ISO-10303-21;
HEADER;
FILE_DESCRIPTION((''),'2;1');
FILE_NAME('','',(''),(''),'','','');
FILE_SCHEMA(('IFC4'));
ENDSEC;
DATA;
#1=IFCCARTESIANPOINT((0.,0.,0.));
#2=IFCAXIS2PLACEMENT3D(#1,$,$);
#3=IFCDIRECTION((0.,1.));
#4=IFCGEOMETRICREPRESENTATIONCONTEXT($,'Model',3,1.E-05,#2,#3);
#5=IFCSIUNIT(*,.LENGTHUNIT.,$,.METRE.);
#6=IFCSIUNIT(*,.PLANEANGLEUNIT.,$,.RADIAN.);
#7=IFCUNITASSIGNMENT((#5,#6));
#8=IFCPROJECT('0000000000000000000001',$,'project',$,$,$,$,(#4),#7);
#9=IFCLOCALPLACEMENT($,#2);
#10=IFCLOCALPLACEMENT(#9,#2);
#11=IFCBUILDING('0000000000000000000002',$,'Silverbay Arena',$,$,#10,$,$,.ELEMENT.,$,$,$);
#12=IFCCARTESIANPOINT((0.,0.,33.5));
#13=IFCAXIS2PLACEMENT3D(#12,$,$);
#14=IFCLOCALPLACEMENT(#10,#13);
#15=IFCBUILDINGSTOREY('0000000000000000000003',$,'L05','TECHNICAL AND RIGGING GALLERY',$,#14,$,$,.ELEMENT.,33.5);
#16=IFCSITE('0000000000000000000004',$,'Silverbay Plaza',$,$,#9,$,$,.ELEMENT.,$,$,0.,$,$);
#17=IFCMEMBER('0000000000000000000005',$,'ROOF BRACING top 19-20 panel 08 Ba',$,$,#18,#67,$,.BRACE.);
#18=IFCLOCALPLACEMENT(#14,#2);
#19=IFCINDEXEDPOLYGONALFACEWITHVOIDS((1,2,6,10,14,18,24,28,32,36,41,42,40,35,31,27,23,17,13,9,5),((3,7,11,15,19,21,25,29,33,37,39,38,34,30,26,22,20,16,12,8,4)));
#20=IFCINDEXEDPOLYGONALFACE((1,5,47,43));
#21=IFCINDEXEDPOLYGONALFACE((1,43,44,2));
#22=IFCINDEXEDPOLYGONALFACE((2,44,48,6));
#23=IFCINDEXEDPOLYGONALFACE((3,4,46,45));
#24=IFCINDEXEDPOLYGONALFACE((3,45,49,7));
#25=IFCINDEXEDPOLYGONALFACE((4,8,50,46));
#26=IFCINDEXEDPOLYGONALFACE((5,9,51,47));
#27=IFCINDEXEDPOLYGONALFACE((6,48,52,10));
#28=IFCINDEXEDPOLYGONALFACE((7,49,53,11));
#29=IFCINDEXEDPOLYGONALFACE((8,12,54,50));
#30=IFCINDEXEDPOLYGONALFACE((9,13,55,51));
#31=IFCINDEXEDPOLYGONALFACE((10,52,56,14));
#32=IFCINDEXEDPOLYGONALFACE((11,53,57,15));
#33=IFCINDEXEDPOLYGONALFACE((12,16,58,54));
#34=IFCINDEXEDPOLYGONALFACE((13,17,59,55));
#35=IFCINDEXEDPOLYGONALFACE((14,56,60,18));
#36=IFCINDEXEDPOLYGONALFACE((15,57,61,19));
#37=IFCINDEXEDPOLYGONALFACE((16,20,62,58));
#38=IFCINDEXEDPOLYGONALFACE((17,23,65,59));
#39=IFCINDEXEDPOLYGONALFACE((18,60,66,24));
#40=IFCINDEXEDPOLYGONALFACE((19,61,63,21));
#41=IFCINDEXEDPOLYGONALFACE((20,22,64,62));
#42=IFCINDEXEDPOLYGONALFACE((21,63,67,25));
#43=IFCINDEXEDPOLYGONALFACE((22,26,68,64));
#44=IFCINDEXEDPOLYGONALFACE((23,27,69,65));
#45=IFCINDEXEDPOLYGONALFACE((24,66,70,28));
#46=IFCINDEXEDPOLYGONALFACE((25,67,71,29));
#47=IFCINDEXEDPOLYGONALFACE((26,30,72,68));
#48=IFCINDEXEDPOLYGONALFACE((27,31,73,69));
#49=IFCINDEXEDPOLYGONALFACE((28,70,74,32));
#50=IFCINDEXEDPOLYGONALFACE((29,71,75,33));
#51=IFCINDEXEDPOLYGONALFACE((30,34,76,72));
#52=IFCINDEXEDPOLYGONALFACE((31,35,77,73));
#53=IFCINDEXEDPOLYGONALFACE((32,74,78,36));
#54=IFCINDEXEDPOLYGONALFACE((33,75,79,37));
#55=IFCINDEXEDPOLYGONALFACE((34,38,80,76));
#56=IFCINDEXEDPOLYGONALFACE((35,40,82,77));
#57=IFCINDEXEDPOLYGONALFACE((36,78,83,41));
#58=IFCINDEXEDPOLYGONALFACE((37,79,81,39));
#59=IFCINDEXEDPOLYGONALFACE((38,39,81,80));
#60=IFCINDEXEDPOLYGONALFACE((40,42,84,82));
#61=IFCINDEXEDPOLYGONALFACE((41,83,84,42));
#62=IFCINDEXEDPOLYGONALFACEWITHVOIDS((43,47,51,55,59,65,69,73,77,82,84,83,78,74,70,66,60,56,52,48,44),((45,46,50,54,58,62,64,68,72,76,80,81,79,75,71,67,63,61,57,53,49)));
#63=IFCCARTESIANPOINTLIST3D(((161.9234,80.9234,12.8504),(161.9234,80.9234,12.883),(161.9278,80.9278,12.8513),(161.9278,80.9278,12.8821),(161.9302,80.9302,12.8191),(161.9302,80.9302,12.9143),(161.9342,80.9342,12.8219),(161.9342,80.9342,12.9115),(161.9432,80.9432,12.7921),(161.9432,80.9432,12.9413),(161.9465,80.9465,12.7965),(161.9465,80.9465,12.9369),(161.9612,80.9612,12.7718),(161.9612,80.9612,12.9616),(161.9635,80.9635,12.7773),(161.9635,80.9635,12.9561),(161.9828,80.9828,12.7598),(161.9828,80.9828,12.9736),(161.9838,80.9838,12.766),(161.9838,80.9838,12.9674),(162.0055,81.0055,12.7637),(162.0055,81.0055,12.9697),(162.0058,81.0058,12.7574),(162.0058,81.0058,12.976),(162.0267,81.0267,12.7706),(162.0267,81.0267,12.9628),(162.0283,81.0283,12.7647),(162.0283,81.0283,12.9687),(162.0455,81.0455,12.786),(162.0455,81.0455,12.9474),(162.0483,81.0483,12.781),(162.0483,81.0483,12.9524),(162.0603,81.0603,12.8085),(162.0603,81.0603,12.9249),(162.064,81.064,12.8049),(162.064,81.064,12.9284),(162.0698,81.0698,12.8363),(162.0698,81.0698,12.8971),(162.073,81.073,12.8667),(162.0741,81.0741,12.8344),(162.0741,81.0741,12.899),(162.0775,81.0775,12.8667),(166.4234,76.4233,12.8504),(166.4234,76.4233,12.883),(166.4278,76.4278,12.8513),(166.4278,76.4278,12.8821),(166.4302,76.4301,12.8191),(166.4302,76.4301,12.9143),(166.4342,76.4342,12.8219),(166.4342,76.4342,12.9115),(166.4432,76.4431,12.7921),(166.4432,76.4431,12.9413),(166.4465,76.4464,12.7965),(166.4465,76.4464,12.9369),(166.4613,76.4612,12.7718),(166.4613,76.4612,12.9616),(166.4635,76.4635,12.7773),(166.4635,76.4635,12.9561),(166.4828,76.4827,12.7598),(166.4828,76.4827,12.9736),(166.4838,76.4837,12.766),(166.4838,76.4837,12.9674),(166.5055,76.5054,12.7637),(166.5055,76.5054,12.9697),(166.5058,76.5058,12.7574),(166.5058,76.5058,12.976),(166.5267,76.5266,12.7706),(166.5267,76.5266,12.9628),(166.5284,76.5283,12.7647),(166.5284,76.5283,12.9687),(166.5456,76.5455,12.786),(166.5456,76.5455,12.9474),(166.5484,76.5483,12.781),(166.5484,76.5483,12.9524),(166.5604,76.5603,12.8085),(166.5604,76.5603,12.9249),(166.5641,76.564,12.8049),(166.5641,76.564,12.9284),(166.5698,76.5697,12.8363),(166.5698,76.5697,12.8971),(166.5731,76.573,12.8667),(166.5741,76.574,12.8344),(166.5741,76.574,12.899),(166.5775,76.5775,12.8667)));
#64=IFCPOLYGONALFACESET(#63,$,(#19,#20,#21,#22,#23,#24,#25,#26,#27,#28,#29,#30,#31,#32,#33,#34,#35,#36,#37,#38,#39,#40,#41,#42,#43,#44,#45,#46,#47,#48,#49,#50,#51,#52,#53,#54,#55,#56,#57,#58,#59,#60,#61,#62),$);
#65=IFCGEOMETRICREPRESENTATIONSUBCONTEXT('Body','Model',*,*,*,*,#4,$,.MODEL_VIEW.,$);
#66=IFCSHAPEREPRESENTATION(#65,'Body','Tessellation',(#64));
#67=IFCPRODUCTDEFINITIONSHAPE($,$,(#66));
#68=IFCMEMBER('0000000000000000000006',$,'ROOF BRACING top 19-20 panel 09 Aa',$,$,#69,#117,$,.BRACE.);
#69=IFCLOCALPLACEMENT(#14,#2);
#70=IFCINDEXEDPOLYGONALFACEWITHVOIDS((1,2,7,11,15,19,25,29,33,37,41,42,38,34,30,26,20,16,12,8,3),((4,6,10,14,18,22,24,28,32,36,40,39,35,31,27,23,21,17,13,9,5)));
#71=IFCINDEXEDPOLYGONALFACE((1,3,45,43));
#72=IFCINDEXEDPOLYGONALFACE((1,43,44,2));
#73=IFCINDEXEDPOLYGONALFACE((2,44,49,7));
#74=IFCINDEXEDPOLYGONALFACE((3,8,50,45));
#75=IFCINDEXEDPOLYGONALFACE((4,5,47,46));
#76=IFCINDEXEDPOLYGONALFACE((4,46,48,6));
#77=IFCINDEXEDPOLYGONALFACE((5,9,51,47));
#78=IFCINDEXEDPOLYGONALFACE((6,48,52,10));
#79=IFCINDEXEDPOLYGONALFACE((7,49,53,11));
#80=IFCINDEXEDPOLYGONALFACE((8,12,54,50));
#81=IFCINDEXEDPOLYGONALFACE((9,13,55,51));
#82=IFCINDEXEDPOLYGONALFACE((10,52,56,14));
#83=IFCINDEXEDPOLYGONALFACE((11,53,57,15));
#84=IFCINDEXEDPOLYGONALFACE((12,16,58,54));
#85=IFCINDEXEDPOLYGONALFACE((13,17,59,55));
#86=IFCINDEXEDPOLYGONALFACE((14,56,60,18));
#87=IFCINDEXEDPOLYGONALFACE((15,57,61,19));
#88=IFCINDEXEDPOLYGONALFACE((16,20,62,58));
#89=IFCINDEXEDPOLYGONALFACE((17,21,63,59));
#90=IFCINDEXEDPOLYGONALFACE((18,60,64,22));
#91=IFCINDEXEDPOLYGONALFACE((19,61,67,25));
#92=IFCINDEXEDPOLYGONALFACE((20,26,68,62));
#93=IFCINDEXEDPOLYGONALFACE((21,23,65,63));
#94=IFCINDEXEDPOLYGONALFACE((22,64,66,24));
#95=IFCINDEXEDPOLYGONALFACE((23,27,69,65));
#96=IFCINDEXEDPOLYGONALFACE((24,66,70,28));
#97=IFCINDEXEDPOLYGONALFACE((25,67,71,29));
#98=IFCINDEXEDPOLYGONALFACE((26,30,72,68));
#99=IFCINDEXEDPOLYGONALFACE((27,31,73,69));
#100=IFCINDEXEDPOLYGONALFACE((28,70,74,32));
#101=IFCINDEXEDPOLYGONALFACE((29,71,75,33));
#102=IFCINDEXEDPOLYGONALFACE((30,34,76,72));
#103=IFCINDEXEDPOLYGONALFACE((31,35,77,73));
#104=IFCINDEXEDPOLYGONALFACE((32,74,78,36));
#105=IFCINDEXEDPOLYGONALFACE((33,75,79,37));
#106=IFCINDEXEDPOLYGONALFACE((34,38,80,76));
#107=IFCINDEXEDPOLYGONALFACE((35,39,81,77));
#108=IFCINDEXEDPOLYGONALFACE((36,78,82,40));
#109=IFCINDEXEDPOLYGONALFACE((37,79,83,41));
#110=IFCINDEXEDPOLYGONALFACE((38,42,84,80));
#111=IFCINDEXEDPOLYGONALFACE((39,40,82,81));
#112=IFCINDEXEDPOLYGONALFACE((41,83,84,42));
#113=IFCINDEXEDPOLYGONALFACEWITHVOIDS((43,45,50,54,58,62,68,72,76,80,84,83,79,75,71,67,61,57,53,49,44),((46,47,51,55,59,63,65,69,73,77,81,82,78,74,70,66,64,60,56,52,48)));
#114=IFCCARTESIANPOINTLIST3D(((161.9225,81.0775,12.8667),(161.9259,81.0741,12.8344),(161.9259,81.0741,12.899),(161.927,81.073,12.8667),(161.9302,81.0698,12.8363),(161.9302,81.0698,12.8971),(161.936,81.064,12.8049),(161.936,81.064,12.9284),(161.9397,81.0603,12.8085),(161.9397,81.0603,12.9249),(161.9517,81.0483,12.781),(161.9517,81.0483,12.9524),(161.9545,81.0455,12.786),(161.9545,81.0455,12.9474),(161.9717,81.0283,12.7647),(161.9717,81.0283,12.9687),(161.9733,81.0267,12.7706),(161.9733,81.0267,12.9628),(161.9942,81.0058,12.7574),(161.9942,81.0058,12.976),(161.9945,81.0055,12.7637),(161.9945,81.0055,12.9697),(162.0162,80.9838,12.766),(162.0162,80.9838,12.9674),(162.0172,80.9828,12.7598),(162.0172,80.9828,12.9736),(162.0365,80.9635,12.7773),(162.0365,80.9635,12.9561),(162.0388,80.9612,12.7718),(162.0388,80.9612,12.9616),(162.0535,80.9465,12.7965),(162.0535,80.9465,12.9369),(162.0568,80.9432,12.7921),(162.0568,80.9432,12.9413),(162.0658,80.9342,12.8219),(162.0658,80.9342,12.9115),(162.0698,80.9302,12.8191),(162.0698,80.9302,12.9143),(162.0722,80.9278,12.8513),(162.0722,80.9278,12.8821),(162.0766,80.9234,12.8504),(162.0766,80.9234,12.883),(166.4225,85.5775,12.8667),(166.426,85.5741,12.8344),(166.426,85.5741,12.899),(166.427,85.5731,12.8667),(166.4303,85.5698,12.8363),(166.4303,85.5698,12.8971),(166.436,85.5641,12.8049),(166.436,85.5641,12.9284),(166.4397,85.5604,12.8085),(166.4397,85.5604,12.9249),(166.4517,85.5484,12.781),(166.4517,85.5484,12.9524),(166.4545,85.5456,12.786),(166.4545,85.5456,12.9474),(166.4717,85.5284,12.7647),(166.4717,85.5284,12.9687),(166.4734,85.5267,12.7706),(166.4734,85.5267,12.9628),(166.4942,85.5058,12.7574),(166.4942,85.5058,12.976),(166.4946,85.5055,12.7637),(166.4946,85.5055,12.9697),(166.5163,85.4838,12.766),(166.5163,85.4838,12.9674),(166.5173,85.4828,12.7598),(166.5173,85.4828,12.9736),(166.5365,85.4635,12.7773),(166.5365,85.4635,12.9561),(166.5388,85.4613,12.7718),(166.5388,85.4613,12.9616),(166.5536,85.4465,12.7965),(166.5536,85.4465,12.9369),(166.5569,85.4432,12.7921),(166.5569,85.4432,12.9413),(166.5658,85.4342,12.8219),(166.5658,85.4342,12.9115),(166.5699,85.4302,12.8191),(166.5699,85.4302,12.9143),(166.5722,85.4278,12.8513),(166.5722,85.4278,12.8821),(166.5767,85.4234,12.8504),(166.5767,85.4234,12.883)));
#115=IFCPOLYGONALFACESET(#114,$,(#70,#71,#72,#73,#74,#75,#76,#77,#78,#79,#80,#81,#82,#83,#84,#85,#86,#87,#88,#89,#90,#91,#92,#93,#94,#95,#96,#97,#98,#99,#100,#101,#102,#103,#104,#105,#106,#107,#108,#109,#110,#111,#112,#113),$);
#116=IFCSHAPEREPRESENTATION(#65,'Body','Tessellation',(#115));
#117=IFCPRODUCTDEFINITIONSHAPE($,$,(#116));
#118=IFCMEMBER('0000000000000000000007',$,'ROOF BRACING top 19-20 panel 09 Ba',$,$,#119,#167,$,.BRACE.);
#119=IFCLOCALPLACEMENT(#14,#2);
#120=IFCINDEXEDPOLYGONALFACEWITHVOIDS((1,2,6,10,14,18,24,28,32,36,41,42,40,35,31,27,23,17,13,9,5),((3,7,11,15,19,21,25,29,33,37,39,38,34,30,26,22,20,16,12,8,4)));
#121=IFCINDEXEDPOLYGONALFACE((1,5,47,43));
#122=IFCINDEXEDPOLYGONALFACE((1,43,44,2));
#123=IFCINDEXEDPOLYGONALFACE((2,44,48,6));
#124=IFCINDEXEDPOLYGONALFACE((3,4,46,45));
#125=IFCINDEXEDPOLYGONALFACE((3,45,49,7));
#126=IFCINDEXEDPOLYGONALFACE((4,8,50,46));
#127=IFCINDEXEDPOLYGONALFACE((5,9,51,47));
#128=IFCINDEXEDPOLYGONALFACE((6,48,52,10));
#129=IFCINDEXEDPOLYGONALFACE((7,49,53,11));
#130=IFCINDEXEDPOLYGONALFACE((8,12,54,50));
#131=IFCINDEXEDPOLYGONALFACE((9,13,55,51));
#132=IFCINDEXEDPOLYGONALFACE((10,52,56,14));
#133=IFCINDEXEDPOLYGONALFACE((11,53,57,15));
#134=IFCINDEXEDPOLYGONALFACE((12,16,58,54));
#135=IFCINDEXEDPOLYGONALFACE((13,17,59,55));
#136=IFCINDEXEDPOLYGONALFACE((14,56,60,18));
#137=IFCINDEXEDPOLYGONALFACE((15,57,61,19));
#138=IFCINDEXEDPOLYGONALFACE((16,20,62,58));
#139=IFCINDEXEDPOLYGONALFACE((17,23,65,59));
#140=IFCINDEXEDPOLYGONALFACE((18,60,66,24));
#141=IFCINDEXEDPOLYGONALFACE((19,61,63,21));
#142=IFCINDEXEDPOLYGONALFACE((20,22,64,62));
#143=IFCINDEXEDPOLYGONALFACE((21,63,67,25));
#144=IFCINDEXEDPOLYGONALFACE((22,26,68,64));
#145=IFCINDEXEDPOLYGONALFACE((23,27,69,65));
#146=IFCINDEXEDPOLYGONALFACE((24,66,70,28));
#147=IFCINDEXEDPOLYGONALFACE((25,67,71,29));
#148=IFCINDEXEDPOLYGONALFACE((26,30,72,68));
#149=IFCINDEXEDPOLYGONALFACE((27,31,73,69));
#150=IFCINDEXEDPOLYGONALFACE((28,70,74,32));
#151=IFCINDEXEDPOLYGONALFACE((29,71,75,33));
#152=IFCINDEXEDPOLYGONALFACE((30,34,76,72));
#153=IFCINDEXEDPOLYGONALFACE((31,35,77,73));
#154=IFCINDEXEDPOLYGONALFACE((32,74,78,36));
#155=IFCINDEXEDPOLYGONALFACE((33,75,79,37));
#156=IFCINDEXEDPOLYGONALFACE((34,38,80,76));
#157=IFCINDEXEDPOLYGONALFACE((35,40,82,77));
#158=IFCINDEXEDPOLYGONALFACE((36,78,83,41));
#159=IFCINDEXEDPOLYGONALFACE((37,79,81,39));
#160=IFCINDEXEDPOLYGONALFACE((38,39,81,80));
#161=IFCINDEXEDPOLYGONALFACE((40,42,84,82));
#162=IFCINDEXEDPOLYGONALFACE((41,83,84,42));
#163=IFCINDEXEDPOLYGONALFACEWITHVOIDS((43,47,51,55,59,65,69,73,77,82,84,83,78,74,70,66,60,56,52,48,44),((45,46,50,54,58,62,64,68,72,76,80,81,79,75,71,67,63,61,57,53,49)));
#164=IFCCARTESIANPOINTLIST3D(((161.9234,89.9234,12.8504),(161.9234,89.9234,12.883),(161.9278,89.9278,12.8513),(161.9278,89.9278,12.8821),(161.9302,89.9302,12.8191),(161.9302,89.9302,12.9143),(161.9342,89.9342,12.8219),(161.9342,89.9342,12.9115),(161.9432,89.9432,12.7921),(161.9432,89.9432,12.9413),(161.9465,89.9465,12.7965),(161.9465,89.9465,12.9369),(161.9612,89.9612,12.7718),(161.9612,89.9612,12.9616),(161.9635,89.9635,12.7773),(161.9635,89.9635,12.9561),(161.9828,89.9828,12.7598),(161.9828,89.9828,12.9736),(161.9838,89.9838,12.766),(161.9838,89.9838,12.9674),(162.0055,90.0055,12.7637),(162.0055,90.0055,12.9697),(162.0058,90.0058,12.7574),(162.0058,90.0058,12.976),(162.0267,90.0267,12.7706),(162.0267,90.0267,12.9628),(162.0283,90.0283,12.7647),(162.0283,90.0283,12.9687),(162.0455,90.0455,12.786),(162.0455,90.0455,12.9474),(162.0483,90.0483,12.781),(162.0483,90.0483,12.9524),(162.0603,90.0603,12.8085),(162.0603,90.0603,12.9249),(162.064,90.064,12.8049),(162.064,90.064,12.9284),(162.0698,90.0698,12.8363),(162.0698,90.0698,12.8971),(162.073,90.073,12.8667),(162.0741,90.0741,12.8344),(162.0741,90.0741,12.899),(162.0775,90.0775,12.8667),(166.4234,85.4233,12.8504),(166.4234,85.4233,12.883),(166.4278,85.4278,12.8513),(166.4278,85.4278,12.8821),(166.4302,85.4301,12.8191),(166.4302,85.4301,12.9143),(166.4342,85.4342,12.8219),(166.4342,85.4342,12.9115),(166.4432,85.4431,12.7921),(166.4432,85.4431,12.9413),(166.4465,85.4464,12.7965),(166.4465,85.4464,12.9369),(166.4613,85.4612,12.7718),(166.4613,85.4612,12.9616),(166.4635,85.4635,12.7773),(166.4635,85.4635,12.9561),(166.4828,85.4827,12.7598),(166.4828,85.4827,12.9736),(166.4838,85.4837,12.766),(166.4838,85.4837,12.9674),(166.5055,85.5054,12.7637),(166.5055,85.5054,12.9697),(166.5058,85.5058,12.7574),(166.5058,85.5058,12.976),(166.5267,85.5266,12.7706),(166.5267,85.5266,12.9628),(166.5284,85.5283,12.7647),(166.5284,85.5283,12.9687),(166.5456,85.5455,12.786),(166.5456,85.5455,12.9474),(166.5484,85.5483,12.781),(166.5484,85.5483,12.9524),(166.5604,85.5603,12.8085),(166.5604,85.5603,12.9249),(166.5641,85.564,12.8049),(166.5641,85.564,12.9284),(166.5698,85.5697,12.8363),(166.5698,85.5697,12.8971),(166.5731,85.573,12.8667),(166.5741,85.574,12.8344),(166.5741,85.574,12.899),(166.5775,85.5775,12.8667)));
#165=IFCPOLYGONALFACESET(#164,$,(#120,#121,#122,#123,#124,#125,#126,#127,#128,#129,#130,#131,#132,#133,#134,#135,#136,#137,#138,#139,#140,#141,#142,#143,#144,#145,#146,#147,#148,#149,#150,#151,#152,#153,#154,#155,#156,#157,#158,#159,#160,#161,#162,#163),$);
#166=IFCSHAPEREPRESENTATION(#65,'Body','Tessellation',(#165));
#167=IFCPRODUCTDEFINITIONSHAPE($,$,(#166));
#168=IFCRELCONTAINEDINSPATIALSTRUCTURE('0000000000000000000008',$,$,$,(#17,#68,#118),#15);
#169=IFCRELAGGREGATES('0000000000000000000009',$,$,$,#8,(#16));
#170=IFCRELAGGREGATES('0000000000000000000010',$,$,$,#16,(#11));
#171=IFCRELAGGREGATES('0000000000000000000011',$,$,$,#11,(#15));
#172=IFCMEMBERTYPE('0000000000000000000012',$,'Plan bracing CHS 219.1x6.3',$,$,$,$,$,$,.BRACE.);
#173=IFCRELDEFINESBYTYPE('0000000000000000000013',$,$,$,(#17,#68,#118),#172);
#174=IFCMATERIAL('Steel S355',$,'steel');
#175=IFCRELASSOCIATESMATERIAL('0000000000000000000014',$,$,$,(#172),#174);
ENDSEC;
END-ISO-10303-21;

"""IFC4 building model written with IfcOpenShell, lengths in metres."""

from ifc_helpers import new_model, si_unit, direction, frame, origin, origin_2d, place, context, subcontext, project, spatial, hollow_circle, extrude, material, material_profile, profile_set, type_object, element, save


model = new_model("IFC4")

# Units and contexts
model_context = context("Model", 3, precision=1e-05, world=origin(), true_north=direction((0.0, 1.0)))
body_context = subcontext(model_context, "Body", "Model", "MODEL_VIEW")
ifc_project = project(units=[si_unit("LENGTHUNIT", "METRE"), si_unit("PLANEANGLEUNIT", "RADIAN")], contexts=[model_context])

# Site, building, storey
site_placement = place(None, origin())
site = spatial("IfcSite", under=ifc_project, at=site_placement, Name="Silverbay Plaza", CompositionType="ELEMENT", RefElevation=0.0)
building_placement = place(site_placement, origin())
building = spatial("IfcBuilding", under=site, at=building_placement, Name="Silverbay Arena", CompositionType="ELEMENT")
storey_placement = place(building_placement, frame((0.0, 0.0, 33.5)))
storey = spatial("IfcBuildingStorey", under=building, at=storey_placement, Name="L05", Description="TECHNICAL AND RIGGING GALLERY", CompositionType="ELEMENT", Elevation=33.5)

# Members
ifc_material_1 = material(Name="Steel S355", Category="steel")
ifc_material_profile_1 = material_profile(ifc_material_1, hollow_circle(Radius=0.1096, WallThickness=0.0063, at=origin_2d()), Name="CHS 219.1x6.3")
ifc_profile_set_1 = profile_set([ifc_material_profile_1], Name="Steel S355")
member_type_1 = type_object("IfcMemberType", Name="Plan bracing CHS 219.1x6.3", PredefinedType="BRACE", material=ifc_profile_set_1)
for number, where, z_axis, x_axis, name in (
    (1, (162.0, 81.0, 12.8667), (0.707107, -0.707107, 0.0), (0.707107, 0.707107, 0.0), "ROOF BRACING top 19-20 panel 08 Ba"),
    (2, (162.0, 81.0, 12.8667), (0.707107, 0.707107, 0.0), (-0.707107, 0.707107, 0.0), "ROOF BRACING top 19-20 panel 09 Aa"),
    (3, (162.0, 90.0, 12.8667), (0.707107, -0.707107, 0.0), (0.707107, 0.707107, 0.0), "ROOF BRACING top 19-20 panel 09 Ba"),
):
    element("IfcMember", number, at=place(storey_placement, frame(where, z_axis=z_axis, x_axis=x_axis)), inside=storey, type_object=member_type_1, Name=name, PredefinedType="BRACE", context=body_context, shape_type="SweptSolid", body=[
        extrude(hollow_circle(Radius=0.1096, WallThickness=0.0063, at=origin_2d()), origin(), (0.0, 0.0, 1.0), 6.364),
    ])

save(model, "model.ifc")
